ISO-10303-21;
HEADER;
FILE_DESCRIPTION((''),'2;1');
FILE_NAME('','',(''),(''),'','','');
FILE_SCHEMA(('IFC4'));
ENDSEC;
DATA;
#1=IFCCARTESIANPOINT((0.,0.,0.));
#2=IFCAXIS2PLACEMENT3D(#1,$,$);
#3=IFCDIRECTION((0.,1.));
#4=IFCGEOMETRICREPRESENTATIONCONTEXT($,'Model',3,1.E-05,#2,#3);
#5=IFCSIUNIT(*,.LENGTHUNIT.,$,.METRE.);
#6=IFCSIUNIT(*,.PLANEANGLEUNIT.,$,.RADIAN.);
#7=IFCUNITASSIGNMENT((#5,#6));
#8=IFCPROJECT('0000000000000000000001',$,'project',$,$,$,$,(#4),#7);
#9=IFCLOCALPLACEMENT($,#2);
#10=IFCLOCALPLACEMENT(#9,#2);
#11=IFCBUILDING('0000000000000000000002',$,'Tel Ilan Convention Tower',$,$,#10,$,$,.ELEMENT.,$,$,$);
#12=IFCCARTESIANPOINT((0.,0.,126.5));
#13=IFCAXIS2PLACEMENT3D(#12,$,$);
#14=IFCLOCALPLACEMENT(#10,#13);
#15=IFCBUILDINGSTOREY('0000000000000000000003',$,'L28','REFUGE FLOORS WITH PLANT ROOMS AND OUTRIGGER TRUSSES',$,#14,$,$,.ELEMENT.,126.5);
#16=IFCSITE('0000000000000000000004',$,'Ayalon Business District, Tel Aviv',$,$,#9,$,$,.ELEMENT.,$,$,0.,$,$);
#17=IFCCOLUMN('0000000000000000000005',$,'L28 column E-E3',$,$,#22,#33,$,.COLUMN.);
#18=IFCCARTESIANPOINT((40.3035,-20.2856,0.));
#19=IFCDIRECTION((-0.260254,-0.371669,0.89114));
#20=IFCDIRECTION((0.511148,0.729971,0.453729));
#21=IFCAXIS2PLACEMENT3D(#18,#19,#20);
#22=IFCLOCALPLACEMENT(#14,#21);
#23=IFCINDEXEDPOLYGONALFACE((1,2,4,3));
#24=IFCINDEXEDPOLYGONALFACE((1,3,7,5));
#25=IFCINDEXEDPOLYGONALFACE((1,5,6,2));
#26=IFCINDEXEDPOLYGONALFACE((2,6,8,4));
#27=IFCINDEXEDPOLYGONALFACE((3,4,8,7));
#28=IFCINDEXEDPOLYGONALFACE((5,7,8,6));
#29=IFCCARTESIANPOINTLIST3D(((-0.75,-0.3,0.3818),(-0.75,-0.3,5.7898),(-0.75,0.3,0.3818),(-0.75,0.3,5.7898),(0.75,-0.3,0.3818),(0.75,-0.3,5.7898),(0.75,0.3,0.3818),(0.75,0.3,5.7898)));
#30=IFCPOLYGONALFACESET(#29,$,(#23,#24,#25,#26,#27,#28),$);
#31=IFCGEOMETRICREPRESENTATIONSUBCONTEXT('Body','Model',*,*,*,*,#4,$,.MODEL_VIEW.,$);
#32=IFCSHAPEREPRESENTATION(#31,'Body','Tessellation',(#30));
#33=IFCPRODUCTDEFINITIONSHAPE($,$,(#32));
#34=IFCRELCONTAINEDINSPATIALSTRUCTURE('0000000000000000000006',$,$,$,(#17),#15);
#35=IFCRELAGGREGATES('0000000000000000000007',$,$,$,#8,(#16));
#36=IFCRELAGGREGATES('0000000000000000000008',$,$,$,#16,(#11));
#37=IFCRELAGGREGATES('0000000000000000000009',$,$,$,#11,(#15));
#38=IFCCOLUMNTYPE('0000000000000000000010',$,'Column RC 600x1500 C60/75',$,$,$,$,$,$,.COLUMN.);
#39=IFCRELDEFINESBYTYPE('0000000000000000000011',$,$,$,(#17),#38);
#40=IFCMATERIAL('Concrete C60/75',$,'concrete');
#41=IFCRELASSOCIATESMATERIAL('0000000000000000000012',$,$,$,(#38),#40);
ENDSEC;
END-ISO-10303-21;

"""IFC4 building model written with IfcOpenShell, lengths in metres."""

from ifc_helpers import new_model, si_unit, direction, frame, origin, origin_2d, place, context, subcontext, project, spatial, rectangle, extrude, clip, halfspace, material, material_profile, profile_set, type_object, element, save


model = new_model("IFC4")

# Units and contexts
model_context = context("Model", 3, precision=1e-05, world=origin(), true_north=direction((0.0, 1.0)))
body_context = subcontext(model_context, "Body", "Model", "MODEL_VIEW")
ifc_project = project(units=[si_unit("LENGTHUNIT", "METRE"), si_unit("PLANEANGLEUNIT", "RADIAN")], contexts=[model_context])

# Site, building, storey
site_placement = place(None, origin())
site = spatial("IfcSite", under=ifc_project, at=site_placement, Name="Ayalon Business District, Tel Aviv", CompositionType="ELEMENT", RefElevation=0.0)
building_placement = place(site_placement, origin())
building = spatial("IfcBuilding", under=site, at=building_placement, Name="Tel Ilan Convention Tower", CompositionType="ELEMENT")
storey_placement = place(building_placement, frame((0.0, 0.0, 126.5)))
storey = spatial("IfcBuildingStorey", under=building, at=storey_placement, Name="L28", Description="REFUGE FLOORS WITH PLANT ROOMS AND OUTRIGGER TRUSSES", CompositionType="ELEMENT", Elevation=126.5)

# Column
ifc_material_1 = material(Name="Concrete C60/75", Category="concrete")
ifc_material_profile_1 = material_profile(ifc_material_1, rectangle(XDim=1.5, YDim=0.6001, at=origin_2d()), Name="RC 600x1500")
ifc_profile_set_1 = profile_set([ifc_material_profile_1], Name="Concrete C60/75")
column_type = type_object("IfcColumnType", Name="Column RC 600x1500 C60/75", PredefinedType="COLUMN", material=ifc_profile_set_1)
column_placement = place(storey_placement, frame((40.3035, -20.2856, 0.0), z_axis=(-0.260254, -0.371669, 0.89114), x_axis=(0.511148, 0.729971, 0.453729)))
element("IfcColumn", 1, at=column_placement, inside=storey, type_object=column_type, Name="L28 column E-E3", PredefinedType="COLUMN", context=body_context, shape_type="Clipping", body=[
    clip(clip(extrude(rectangle(XDim=1.5, YDim=0.6001, at=origin_2d()), origin(), (0.0, 0.0, 1.0), 6.1716), halfspace(frame((0.0, 0.0, 0.3818), z_axis=(0.0, 0.0, 1.0), x_axis=(1.0, 0.0, 0.0)), True)), halfspace(frame((0.0, 0.0, 5.7898), z_axis=(0.0, 0.0, 1.0), x_axis=(1.0, 0.0, 0.0)), False)),
])

save(model, "model.ifc")
